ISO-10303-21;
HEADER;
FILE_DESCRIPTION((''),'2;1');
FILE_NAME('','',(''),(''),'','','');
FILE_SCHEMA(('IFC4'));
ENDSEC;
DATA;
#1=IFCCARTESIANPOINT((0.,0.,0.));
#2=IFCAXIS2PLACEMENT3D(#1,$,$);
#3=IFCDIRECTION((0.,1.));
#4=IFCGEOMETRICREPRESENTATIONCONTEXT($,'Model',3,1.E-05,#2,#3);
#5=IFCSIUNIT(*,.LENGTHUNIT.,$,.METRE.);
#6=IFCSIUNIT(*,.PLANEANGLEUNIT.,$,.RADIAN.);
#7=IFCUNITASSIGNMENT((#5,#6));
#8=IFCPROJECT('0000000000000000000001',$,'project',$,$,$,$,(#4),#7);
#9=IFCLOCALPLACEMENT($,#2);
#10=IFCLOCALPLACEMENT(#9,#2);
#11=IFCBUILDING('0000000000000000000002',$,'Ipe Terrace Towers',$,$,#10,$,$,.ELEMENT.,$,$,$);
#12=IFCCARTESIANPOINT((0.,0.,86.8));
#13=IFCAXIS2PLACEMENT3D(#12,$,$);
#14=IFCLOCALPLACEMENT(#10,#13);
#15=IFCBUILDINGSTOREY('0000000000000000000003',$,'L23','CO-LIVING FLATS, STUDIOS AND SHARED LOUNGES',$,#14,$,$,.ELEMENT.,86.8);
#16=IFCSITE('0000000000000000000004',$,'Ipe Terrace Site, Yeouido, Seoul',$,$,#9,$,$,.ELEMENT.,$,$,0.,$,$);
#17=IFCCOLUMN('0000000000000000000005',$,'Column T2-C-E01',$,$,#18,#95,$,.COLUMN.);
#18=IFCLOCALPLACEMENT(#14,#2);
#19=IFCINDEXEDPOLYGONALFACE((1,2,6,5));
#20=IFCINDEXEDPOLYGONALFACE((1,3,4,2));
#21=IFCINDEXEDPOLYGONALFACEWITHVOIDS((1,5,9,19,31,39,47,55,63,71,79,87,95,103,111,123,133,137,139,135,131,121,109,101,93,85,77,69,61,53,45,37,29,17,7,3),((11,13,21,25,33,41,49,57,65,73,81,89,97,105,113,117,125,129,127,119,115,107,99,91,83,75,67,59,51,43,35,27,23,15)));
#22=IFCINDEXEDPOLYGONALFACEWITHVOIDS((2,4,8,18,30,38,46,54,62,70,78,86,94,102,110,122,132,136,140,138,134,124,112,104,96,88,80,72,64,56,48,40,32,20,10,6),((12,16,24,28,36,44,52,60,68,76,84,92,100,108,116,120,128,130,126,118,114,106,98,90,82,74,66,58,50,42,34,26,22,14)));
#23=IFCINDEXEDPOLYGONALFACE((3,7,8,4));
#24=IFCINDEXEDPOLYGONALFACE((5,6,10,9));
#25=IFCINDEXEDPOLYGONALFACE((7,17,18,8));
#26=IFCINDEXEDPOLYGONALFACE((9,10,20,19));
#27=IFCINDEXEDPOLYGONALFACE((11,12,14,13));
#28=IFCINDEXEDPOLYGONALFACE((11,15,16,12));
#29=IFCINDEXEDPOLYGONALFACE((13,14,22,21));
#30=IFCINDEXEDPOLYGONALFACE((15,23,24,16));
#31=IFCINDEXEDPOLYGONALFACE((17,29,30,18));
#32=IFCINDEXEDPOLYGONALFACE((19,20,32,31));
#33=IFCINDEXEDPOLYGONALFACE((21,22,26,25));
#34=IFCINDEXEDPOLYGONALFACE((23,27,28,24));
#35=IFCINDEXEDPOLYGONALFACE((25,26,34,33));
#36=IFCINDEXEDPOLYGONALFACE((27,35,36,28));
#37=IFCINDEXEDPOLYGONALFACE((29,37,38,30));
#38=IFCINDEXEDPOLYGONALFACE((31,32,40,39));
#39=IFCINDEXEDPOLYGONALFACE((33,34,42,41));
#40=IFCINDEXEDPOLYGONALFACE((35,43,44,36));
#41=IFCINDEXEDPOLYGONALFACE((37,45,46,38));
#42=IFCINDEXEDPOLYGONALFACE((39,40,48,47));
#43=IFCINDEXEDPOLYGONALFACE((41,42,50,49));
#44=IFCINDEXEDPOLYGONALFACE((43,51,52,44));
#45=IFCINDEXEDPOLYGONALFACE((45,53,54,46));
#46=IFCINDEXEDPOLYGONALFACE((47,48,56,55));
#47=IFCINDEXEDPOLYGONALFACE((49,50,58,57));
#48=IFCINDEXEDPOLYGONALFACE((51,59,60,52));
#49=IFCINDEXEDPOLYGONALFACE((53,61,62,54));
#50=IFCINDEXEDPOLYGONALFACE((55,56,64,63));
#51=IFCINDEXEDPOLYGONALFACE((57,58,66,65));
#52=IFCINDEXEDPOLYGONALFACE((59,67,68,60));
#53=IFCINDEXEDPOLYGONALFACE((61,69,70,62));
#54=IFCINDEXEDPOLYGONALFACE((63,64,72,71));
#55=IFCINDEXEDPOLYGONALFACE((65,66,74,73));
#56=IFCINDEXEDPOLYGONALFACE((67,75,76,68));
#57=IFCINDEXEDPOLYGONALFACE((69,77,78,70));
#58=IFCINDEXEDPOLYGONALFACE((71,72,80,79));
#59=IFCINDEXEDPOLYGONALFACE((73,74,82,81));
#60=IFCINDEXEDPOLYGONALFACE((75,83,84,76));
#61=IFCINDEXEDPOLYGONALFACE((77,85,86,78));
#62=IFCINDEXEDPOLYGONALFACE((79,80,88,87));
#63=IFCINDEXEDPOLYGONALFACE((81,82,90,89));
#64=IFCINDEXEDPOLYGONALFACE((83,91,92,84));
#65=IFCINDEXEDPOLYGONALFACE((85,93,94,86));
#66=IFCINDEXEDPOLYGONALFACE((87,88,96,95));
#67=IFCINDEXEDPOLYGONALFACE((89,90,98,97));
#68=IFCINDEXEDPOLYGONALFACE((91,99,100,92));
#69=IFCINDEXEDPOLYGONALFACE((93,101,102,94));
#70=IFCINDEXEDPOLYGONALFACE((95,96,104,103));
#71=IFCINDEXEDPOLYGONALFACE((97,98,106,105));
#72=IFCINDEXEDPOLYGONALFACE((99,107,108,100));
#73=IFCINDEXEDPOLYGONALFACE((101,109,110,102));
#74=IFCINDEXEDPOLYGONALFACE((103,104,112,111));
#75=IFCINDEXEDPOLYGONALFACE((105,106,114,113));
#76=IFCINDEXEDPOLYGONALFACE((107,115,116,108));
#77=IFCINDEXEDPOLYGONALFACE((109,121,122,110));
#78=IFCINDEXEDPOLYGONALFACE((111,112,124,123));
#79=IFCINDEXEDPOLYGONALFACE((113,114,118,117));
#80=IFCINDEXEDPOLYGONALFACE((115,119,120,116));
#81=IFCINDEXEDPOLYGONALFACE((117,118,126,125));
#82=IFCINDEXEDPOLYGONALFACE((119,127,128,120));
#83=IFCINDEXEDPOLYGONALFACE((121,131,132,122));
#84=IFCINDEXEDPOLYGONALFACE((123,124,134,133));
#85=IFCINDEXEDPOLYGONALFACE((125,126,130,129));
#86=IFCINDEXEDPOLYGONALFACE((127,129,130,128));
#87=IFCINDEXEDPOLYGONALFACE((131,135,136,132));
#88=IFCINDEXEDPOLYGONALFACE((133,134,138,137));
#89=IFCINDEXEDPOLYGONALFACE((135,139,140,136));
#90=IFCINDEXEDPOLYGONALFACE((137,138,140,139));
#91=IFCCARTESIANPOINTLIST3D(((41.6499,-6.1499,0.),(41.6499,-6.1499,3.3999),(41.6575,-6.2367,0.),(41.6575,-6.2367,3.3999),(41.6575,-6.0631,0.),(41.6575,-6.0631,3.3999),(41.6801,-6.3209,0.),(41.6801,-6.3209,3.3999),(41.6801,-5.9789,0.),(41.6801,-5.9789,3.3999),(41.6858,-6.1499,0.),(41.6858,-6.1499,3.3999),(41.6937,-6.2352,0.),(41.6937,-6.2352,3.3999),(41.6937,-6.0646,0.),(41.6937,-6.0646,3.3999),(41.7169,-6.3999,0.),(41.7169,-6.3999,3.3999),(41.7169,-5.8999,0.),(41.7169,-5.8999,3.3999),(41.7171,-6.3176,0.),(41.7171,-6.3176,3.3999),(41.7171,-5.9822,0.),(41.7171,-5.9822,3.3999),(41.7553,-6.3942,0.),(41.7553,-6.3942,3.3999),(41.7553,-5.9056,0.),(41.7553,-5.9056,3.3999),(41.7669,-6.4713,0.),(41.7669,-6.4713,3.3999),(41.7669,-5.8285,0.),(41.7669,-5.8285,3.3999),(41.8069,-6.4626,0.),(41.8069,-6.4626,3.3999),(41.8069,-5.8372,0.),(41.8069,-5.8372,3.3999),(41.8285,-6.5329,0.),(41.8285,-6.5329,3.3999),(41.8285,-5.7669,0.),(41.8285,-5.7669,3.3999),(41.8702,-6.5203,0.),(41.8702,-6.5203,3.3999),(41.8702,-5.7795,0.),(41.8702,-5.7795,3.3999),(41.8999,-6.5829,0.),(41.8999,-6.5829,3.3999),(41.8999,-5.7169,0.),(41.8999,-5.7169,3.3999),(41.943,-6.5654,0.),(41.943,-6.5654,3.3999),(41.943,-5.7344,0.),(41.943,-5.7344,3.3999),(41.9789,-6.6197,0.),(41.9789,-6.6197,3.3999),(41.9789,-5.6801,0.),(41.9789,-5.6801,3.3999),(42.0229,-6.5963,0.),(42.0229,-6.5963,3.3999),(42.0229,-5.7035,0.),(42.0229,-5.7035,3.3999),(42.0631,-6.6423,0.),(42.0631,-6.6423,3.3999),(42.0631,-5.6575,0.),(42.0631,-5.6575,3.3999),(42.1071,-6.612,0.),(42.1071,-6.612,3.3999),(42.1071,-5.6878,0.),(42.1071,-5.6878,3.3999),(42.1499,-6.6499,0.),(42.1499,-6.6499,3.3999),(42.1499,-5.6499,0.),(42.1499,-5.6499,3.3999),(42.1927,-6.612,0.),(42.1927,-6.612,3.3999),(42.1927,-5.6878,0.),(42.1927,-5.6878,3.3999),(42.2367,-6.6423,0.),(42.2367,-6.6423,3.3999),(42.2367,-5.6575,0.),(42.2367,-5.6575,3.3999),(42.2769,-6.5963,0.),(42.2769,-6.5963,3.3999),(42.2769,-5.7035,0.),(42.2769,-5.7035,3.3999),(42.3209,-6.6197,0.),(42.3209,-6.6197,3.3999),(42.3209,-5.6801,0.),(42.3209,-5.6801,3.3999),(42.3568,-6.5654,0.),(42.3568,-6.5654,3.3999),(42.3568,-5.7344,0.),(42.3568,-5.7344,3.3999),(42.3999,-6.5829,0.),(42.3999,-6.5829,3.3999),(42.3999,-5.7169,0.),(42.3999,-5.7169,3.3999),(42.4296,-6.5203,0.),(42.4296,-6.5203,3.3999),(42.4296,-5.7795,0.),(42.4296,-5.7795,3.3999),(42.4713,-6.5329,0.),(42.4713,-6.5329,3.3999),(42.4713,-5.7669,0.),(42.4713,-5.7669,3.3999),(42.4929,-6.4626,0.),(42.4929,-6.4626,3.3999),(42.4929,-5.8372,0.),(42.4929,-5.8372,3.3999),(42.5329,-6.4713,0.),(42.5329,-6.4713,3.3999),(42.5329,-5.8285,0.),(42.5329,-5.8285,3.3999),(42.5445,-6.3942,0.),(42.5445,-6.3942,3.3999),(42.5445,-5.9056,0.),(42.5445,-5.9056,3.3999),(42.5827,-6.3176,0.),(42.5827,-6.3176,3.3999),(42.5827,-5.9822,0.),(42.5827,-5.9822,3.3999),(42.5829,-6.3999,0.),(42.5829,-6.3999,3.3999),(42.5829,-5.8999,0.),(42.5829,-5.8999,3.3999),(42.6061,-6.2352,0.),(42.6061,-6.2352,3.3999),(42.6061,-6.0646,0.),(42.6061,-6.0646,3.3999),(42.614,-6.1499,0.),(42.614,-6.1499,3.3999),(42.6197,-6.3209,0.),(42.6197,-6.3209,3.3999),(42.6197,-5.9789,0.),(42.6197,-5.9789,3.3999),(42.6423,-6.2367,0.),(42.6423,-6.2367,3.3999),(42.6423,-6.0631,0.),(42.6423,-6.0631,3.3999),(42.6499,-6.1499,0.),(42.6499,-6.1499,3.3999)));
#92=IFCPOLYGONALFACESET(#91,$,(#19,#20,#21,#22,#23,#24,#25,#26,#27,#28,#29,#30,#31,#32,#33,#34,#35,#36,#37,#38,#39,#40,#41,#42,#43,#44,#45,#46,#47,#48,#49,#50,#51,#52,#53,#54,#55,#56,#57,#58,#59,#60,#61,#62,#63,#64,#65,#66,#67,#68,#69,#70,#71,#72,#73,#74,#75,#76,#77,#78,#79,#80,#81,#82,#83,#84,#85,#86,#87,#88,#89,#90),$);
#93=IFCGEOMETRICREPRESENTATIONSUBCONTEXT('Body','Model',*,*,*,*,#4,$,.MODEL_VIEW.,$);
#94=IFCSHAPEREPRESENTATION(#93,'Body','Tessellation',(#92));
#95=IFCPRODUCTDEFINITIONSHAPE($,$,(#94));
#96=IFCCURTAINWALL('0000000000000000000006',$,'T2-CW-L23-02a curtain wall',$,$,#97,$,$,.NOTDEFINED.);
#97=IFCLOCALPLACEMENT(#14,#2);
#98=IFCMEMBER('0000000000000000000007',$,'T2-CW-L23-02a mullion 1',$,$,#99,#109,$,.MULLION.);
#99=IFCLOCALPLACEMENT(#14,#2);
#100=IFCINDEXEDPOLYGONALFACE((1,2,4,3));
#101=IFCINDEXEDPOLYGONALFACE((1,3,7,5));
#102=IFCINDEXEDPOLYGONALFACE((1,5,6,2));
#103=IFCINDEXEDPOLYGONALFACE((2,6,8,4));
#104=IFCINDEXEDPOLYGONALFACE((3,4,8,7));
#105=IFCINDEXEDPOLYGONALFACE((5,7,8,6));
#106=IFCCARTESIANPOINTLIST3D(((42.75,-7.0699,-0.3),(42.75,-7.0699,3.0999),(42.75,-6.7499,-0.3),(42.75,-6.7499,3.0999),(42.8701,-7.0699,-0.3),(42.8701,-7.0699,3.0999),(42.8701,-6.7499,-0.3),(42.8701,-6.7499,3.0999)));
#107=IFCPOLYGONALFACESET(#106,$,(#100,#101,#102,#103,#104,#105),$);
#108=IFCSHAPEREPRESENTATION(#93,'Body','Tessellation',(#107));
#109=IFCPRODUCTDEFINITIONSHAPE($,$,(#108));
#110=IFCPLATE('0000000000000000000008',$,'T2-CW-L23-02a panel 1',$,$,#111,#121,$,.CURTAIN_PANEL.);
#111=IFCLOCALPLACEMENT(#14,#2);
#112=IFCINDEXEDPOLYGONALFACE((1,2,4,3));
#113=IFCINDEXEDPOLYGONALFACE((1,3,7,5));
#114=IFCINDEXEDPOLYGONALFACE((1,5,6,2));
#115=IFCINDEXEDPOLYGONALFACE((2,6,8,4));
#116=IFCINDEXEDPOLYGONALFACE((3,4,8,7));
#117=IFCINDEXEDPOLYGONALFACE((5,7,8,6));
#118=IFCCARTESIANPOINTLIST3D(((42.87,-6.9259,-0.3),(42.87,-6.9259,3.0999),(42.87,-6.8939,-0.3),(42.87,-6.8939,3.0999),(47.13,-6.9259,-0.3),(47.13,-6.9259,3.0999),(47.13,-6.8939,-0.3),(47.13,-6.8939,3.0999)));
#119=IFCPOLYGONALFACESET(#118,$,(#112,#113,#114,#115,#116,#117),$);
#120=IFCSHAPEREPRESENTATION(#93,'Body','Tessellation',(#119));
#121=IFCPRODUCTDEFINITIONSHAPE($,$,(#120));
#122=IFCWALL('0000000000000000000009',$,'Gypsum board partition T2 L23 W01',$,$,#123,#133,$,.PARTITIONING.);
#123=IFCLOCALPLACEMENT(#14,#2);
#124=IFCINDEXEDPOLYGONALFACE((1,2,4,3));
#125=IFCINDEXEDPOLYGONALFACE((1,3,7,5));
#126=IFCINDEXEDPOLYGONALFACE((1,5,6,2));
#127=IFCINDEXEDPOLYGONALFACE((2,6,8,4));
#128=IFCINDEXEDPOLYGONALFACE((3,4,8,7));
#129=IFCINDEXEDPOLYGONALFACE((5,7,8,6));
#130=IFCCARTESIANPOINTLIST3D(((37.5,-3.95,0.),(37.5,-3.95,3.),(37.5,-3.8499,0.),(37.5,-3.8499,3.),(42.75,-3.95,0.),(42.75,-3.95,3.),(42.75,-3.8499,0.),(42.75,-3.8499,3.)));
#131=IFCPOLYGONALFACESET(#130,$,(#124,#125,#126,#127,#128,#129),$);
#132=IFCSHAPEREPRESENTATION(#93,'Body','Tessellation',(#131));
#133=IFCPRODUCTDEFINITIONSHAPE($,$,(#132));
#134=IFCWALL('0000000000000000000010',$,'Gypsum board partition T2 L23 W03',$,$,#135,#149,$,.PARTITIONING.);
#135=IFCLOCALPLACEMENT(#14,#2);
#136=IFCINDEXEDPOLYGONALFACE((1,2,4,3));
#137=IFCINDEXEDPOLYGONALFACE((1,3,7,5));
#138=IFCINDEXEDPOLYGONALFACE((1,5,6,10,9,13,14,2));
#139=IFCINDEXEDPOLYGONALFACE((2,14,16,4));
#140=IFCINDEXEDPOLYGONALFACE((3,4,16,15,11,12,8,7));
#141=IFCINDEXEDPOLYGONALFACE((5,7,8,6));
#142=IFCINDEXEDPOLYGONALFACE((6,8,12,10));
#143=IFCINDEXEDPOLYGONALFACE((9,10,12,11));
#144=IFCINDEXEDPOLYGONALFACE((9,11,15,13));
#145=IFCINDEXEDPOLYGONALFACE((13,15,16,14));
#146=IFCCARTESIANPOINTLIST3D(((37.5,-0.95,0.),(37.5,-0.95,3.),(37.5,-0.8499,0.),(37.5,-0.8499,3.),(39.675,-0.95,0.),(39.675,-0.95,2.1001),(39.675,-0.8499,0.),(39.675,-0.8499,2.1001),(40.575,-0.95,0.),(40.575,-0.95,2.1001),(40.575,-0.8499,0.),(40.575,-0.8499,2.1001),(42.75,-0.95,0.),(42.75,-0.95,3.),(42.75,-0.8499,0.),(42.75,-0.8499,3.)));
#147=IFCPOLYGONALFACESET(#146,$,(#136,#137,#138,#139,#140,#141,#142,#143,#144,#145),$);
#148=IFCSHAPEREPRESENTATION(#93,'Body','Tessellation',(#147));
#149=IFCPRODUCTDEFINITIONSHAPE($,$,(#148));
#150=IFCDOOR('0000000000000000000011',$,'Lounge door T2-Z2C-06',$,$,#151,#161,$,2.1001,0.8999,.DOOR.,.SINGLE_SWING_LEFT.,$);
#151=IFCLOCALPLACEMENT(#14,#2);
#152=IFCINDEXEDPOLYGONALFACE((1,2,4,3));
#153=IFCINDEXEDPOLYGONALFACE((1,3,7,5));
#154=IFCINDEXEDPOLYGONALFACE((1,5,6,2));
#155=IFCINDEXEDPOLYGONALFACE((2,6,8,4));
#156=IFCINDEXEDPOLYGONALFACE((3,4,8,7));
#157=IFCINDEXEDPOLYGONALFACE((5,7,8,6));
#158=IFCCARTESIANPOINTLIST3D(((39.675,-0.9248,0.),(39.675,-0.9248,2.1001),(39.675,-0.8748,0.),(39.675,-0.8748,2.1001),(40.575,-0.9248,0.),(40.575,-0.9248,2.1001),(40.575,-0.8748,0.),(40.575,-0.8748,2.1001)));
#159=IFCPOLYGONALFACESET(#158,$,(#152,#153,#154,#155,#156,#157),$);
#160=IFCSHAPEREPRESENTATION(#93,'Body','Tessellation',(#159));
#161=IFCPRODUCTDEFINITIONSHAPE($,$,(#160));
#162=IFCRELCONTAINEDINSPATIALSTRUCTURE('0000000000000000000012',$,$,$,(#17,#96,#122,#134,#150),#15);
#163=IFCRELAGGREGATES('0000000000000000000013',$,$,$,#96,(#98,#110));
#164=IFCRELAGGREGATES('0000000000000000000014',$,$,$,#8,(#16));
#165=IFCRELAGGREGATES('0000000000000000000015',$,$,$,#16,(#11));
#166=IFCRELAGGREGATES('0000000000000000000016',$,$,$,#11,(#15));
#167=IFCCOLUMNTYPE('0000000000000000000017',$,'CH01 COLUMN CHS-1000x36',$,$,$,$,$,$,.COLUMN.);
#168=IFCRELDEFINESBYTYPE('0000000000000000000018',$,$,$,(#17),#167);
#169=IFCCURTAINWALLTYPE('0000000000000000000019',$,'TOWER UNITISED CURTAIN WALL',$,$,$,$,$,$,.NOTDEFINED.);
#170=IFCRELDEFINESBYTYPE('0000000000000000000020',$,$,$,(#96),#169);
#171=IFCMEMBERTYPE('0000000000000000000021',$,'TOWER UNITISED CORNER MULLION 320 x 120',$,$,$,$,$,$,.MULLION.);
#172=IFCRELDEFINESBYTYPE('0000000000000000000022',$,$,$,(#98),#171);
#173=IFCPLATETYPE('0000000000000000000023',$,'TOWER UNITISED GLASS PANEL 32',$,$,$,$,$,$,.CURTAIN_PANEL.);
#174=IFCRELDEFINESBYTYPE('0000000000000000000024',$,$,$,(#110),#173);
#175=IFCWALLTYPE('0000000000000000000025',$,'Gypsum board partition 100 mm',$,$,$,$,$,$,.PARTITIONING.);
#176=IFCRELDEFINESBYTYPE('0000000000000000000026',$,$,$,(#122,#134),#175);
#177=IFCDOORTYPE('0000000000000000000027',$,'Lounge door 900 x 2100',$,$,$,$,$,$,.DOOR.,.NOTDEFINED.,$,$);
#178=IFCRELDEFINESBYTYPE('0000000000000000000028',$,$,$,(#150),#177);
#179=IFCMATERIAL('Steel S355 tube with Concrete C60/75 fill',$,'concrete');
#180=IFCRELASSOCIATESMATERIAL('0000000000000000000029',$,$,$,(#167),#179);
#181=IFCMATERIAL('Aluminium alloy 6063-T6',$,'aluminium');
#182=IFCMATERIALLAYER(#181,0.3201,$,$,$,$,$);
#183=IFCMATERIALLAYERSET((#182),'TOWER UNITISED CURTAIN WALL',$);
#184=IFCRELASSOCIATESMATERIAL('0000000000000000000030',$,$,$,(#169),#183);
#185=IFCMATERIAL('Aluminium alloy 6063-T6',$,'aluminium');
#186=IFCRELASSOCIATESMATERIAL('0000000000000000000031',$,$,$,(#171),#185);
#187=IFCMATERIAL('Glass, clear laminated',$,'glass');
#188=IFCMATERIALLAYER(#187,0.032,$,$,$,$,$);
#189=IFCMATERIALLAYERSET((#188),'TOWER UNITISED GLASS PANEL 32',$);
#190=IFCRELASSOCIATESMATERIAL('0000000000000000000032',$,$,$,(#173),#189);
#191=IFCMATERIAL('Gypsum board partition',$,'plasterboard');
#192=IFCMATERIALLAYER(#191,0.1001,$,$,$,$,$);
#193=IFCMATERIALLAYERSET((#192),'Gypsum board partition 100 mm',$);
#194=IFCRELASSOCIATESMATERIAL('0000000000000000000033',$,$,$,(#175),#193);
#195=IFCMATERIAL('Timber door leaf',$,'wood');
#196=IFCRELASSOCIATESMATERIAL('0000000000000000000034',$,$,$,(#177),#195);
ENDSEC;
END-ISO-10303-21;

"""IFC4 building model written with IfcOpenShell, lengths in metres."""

from ifc_helpers import new_model, si_unit, direction, frame, frame_2d, origin, origin_2d, place, context, subcontext, project, spatial, rectangle, hollow_circle, extrude, material, layer, layer_set, material_profile, profile_set, type_object, element, fill, aggregate, save


model = new_model("IFC4")

# Units and contexts
model_context = context("Model", 3, precision=1e-05, world=origin(), true_north=direction((0.0, 1.0)))
body_context = subcontext(model_context, "Body", "Model", "MODEL_VIEW")
ifc_project = project(units=[si_unit("LENGTHUNIT", "METRE"), si_unit("PLANEANGLEUNIT", "RADIAN")], contexts=[model_context])

# Site, building, storey
site_placement = place(None, origin())
site = spatial("IfcSite", under=ifc_project, at=site_placement, Name="Ipe Terrace Site, Yeouido, Seoul", CompositionType="ELEMENT", RefElevation=0.0)
building_placement = place(site_placement, origin())
building = spatial("IfcBuilding", under=site, at=building_placement, Name="Ipe Terrace Towers", CompositionType="ELEMENT")
storey_placement = place(building_placement, frame((0.0, 0.0, 86.8)))
storey = spatial("IfcBuildingStorey", under=building, at=storey_placement, Name="L23", Description="CO-LIVING FLATS, STUDIOS AND SHARED LOUNGES", CompositionType="ELEMENT", Elevation=86.8)

# Column
ifc_material_1 = material(Name="Steel S355 tube with Concrete C60/75 fill", Category="concrete")
ifc_material_profile_1 = material_profile(ifc_material_1, hollow_circle(Radius=0.5, WallThickness=0.0359, at=origin_2d()), Name="CHS-1000x36")
ifc_profile_set_1 = profile_set([ifc_material_profile_1], Name="Steel S355 tube with Concrete C60/75 fill")
column_type = type_object("IfcColumnType", Name="CH01 COLUMN CHS-1000x36", PredefinedType="COLUMN", material=ifc_profile_set_1)
column_placement = place(storey_placement, frame((42.1499, -6.1499, 0.0), z_axis=(0.0, 0.0, 1.0), x_axis=(1.0, 0.0, 0.0)))
element("IfcColumn", 1, at=column_placement, inside=storey, type_object=column_type, Name="Column T2-C-E01", PredefinedType="COLUMN", context=body_context, shape_type="SweptSolid", body=[
    extrude(hollow_circle(Radius=0.5, WallThickness=0.0359, at=origin_2d()), origin(), (0.0, 0.0, 1.0), 3.3999),
])

# Curtain wall, member, plate
ifc_material_2 = material(Name="Aluminium alloy 6063-T6", Category="aluminium")
ifc_layer_1 = layer(ifc_material_2, 0.3201)
ifc_layer_set_1 = layer_set([ifc_layer_1], Name="TOWER UNITISED CURTAIN WALL")
curtain_wall_type = type_object("IfcCurtainWallType", Name="TOWER UNITISED CURTAIN WALL", PredefinedType="NOTDEFINED", material=ifc_layer_set_1)
curtain_wall_placement = place(storey_placement, origin())
curtain_wall = element("IfcCurtainWall", 2, at=curtain_wall_placement, inside=storey, type_object=curtain_wall_type, Name="T2-CW-L23-02a curtain wall", PredefinedType="NOTDEFINED")
ifc_material_3 = material(Name="Aluminium alloy 6063-T6", Category="aluminium")
ifc_material_profile_2 = material_profile(ifc_material_3, rectangle(XDim=0.3201, YDim=0.1201, at=origin_2d()), Name="TOWER UNITISED CORNER MULLION 320 x 120")
ifc_profile_set_2 = profile_set([ifc_material_profile_2], Name="Aluminium alloy 6063-T6")
member_type = type_object("IfcMemberType", Name="TOWER UNITISED CORNER MULLION 320 x 120", PredefinedType="MULLION", material=ifc_profile_set_2)
member_placement = place(storey_placement, frame((42.8101, -6.9099, -0.3), z_axis=(0.0, 0.0, 1.0), x_axis=(0.0, -1.0, 0.0)))
member = element("IfcMember", 3, at=member_placement, type_object=member_type, Name="T2-CW-L23-02a mullion 1", PredefinedType="MULLION", context=body_context, shape_type="SweptSolid", body=[
    extrude(rectangle(XDim=0.3201, YDim=0.1201, at=origin_2d()), origin(), (0.0, 0.0, 1.0), 3.3999),
])
ifc_material_4 = material(Name="Glass, clear laminated", Category="glass")
ifc_layer_2 = layer(ifc_material_4, 0.032)
ifc_layer_set_2 = layer_set([ifc_layer_2], Name="TOWER UNITISED GLASS PANEL 32")
plate_type = type_object("IfcPlateType", Name="TOWER UNITISED GLASS PANEL 32", PredefinedType="CURTAIN_PANEL", material=ifc_layer_set_2)
plate_placement = place(storey_placement, frame((45.0, -6.9099, -0.3), z_axis=(0.0, 0.0, 1.0), x_axis=(1.0, 0.0, 0.0)))
plate = element("IfcPlate", 4, at=plate_placement, type_object=plate_type, Name="T2-CW-L23-02a panel 1", PredefinedType="CURTAIN_PANEL", context=body_context, shape_type="SweptSolid", body=[
    extrude(rectangle(XDim=4.26, YDim=0.032, at=origin_2d()), origin(), (0.0, 0.0, 1.0), 3.3999),
])
aggregate(curtain_wall, [member, plate])

# Wall
ifc_material_5 = material(Name="Gypsum board partition", Category="plasterboard")
ifc_layer_3 = layer(ifc_material_5, 0.1001)
ifc_layer_set_3 = layer_set([ifc_layer_3], Name="Gypsum board partition 100 mm")
wall_type_1 = type_object("IfcWallType", Name="Gypsum board partition 100 mm", PredefinedType="PARTITIONING", material=ifc_layer_set_3)
wall_1_placement = place(storey_placement, frame((42.75, -3.8999, 0.0), z_axis=(0.0, 0.0, 1.0), x_axis=(-1.0, 0.0, 0.0)))
element("IfcWall", 5, at=wall_1_placement, inside=storey, type_object=wall_type_1, Name="Gypsum board partition T2 L23 W01", PredefinedType="PARTITIONING", context=body_context, shape_type="SweptSolid", body=[
    extrude(rectangle(XDim=5.25, YDim=0.1001, at=frame_2d((2.625, 0.0))), origin(), (0.0, 0.0, 1.0), 3.0),
])

# Wall, opening, door
wall_2_placement = place(storey_placement, frame((42.75, -0.8999, 0.0), z_axis=(0.0, 0.0, 1.0), x_axis=(-1.0, 0.0, 0.0)))
wall_2 = element("IfcWall", 6, at=wall_2_placement, inside=storey, type_object=wall_type_1, Name="Gypsum board partition T2 L23 W03", PredefinedType="PARTITIONING", context=body_context, shape_type="SweptSolid", body=[
    extrude(rectangle(XDim=5.25, YDim=0.1001, at=frame_2d((2.625, 0.0))), origin(), (0.0, 0.0, 1.0), 3.0),
])
opening_1_placement = place(wall_2_placement, frame((2.175, 0.0, 0.0)))
opening_1 = element("IfcOpeningElement", 7, at=opening_1_placement, cuts=wall_2, PredefinedType="OPENING", context=body_context, shape_type="SweptSolid", body=[
    extrude(rectangle(XDim=0.8999, YDim=2.1001, at=frame_2d((0.45, 1.05))), frame((0.0, 0.0601, 0.0), z_axis=(0.0, -1.0, 0.0), x_axis=(1.0, 0.0, 0.0)), (0.0, 0.0, 1.0), 0.1201),
])
ifc_material_6 = material(Name="Timber door leaf", Category="wood")
door_type_1 = type_object("IfcDoorType", Name="Lounge door 900 x 2100", OperationType="NOTDEFINED", PredefinedType="DOOR", material=ifc_material_6)
door_1_placement = place(opening_1_placement, origin())
door_1 = element("IfcDoor", 8, at=door_1_placement, inside=storey, type_object=door_type_1, Name="Lounge door T2-Z2C-06", OperationType="SINGLE_SWING_LEFT", OverallHeight=2.1001, OverallWidth=0.8999, PredefinedType="DOOR", context=body_context, shape_type="SweptSolid", body=[
    extrude(rectangle(XDim=0.8999, YDim=2.1001, at=frame_2d((0.45, 1.05))), frame((0.0, 0.0249, 0.0), z_axis=(0.0, -1.0, 0.0), x_axis=(1.0, 0.0, 0.0)), (0.0, 0.0, 1.0), 0.05),
])
fill(opening_1, door_1)

save(model, "model.ifc")
